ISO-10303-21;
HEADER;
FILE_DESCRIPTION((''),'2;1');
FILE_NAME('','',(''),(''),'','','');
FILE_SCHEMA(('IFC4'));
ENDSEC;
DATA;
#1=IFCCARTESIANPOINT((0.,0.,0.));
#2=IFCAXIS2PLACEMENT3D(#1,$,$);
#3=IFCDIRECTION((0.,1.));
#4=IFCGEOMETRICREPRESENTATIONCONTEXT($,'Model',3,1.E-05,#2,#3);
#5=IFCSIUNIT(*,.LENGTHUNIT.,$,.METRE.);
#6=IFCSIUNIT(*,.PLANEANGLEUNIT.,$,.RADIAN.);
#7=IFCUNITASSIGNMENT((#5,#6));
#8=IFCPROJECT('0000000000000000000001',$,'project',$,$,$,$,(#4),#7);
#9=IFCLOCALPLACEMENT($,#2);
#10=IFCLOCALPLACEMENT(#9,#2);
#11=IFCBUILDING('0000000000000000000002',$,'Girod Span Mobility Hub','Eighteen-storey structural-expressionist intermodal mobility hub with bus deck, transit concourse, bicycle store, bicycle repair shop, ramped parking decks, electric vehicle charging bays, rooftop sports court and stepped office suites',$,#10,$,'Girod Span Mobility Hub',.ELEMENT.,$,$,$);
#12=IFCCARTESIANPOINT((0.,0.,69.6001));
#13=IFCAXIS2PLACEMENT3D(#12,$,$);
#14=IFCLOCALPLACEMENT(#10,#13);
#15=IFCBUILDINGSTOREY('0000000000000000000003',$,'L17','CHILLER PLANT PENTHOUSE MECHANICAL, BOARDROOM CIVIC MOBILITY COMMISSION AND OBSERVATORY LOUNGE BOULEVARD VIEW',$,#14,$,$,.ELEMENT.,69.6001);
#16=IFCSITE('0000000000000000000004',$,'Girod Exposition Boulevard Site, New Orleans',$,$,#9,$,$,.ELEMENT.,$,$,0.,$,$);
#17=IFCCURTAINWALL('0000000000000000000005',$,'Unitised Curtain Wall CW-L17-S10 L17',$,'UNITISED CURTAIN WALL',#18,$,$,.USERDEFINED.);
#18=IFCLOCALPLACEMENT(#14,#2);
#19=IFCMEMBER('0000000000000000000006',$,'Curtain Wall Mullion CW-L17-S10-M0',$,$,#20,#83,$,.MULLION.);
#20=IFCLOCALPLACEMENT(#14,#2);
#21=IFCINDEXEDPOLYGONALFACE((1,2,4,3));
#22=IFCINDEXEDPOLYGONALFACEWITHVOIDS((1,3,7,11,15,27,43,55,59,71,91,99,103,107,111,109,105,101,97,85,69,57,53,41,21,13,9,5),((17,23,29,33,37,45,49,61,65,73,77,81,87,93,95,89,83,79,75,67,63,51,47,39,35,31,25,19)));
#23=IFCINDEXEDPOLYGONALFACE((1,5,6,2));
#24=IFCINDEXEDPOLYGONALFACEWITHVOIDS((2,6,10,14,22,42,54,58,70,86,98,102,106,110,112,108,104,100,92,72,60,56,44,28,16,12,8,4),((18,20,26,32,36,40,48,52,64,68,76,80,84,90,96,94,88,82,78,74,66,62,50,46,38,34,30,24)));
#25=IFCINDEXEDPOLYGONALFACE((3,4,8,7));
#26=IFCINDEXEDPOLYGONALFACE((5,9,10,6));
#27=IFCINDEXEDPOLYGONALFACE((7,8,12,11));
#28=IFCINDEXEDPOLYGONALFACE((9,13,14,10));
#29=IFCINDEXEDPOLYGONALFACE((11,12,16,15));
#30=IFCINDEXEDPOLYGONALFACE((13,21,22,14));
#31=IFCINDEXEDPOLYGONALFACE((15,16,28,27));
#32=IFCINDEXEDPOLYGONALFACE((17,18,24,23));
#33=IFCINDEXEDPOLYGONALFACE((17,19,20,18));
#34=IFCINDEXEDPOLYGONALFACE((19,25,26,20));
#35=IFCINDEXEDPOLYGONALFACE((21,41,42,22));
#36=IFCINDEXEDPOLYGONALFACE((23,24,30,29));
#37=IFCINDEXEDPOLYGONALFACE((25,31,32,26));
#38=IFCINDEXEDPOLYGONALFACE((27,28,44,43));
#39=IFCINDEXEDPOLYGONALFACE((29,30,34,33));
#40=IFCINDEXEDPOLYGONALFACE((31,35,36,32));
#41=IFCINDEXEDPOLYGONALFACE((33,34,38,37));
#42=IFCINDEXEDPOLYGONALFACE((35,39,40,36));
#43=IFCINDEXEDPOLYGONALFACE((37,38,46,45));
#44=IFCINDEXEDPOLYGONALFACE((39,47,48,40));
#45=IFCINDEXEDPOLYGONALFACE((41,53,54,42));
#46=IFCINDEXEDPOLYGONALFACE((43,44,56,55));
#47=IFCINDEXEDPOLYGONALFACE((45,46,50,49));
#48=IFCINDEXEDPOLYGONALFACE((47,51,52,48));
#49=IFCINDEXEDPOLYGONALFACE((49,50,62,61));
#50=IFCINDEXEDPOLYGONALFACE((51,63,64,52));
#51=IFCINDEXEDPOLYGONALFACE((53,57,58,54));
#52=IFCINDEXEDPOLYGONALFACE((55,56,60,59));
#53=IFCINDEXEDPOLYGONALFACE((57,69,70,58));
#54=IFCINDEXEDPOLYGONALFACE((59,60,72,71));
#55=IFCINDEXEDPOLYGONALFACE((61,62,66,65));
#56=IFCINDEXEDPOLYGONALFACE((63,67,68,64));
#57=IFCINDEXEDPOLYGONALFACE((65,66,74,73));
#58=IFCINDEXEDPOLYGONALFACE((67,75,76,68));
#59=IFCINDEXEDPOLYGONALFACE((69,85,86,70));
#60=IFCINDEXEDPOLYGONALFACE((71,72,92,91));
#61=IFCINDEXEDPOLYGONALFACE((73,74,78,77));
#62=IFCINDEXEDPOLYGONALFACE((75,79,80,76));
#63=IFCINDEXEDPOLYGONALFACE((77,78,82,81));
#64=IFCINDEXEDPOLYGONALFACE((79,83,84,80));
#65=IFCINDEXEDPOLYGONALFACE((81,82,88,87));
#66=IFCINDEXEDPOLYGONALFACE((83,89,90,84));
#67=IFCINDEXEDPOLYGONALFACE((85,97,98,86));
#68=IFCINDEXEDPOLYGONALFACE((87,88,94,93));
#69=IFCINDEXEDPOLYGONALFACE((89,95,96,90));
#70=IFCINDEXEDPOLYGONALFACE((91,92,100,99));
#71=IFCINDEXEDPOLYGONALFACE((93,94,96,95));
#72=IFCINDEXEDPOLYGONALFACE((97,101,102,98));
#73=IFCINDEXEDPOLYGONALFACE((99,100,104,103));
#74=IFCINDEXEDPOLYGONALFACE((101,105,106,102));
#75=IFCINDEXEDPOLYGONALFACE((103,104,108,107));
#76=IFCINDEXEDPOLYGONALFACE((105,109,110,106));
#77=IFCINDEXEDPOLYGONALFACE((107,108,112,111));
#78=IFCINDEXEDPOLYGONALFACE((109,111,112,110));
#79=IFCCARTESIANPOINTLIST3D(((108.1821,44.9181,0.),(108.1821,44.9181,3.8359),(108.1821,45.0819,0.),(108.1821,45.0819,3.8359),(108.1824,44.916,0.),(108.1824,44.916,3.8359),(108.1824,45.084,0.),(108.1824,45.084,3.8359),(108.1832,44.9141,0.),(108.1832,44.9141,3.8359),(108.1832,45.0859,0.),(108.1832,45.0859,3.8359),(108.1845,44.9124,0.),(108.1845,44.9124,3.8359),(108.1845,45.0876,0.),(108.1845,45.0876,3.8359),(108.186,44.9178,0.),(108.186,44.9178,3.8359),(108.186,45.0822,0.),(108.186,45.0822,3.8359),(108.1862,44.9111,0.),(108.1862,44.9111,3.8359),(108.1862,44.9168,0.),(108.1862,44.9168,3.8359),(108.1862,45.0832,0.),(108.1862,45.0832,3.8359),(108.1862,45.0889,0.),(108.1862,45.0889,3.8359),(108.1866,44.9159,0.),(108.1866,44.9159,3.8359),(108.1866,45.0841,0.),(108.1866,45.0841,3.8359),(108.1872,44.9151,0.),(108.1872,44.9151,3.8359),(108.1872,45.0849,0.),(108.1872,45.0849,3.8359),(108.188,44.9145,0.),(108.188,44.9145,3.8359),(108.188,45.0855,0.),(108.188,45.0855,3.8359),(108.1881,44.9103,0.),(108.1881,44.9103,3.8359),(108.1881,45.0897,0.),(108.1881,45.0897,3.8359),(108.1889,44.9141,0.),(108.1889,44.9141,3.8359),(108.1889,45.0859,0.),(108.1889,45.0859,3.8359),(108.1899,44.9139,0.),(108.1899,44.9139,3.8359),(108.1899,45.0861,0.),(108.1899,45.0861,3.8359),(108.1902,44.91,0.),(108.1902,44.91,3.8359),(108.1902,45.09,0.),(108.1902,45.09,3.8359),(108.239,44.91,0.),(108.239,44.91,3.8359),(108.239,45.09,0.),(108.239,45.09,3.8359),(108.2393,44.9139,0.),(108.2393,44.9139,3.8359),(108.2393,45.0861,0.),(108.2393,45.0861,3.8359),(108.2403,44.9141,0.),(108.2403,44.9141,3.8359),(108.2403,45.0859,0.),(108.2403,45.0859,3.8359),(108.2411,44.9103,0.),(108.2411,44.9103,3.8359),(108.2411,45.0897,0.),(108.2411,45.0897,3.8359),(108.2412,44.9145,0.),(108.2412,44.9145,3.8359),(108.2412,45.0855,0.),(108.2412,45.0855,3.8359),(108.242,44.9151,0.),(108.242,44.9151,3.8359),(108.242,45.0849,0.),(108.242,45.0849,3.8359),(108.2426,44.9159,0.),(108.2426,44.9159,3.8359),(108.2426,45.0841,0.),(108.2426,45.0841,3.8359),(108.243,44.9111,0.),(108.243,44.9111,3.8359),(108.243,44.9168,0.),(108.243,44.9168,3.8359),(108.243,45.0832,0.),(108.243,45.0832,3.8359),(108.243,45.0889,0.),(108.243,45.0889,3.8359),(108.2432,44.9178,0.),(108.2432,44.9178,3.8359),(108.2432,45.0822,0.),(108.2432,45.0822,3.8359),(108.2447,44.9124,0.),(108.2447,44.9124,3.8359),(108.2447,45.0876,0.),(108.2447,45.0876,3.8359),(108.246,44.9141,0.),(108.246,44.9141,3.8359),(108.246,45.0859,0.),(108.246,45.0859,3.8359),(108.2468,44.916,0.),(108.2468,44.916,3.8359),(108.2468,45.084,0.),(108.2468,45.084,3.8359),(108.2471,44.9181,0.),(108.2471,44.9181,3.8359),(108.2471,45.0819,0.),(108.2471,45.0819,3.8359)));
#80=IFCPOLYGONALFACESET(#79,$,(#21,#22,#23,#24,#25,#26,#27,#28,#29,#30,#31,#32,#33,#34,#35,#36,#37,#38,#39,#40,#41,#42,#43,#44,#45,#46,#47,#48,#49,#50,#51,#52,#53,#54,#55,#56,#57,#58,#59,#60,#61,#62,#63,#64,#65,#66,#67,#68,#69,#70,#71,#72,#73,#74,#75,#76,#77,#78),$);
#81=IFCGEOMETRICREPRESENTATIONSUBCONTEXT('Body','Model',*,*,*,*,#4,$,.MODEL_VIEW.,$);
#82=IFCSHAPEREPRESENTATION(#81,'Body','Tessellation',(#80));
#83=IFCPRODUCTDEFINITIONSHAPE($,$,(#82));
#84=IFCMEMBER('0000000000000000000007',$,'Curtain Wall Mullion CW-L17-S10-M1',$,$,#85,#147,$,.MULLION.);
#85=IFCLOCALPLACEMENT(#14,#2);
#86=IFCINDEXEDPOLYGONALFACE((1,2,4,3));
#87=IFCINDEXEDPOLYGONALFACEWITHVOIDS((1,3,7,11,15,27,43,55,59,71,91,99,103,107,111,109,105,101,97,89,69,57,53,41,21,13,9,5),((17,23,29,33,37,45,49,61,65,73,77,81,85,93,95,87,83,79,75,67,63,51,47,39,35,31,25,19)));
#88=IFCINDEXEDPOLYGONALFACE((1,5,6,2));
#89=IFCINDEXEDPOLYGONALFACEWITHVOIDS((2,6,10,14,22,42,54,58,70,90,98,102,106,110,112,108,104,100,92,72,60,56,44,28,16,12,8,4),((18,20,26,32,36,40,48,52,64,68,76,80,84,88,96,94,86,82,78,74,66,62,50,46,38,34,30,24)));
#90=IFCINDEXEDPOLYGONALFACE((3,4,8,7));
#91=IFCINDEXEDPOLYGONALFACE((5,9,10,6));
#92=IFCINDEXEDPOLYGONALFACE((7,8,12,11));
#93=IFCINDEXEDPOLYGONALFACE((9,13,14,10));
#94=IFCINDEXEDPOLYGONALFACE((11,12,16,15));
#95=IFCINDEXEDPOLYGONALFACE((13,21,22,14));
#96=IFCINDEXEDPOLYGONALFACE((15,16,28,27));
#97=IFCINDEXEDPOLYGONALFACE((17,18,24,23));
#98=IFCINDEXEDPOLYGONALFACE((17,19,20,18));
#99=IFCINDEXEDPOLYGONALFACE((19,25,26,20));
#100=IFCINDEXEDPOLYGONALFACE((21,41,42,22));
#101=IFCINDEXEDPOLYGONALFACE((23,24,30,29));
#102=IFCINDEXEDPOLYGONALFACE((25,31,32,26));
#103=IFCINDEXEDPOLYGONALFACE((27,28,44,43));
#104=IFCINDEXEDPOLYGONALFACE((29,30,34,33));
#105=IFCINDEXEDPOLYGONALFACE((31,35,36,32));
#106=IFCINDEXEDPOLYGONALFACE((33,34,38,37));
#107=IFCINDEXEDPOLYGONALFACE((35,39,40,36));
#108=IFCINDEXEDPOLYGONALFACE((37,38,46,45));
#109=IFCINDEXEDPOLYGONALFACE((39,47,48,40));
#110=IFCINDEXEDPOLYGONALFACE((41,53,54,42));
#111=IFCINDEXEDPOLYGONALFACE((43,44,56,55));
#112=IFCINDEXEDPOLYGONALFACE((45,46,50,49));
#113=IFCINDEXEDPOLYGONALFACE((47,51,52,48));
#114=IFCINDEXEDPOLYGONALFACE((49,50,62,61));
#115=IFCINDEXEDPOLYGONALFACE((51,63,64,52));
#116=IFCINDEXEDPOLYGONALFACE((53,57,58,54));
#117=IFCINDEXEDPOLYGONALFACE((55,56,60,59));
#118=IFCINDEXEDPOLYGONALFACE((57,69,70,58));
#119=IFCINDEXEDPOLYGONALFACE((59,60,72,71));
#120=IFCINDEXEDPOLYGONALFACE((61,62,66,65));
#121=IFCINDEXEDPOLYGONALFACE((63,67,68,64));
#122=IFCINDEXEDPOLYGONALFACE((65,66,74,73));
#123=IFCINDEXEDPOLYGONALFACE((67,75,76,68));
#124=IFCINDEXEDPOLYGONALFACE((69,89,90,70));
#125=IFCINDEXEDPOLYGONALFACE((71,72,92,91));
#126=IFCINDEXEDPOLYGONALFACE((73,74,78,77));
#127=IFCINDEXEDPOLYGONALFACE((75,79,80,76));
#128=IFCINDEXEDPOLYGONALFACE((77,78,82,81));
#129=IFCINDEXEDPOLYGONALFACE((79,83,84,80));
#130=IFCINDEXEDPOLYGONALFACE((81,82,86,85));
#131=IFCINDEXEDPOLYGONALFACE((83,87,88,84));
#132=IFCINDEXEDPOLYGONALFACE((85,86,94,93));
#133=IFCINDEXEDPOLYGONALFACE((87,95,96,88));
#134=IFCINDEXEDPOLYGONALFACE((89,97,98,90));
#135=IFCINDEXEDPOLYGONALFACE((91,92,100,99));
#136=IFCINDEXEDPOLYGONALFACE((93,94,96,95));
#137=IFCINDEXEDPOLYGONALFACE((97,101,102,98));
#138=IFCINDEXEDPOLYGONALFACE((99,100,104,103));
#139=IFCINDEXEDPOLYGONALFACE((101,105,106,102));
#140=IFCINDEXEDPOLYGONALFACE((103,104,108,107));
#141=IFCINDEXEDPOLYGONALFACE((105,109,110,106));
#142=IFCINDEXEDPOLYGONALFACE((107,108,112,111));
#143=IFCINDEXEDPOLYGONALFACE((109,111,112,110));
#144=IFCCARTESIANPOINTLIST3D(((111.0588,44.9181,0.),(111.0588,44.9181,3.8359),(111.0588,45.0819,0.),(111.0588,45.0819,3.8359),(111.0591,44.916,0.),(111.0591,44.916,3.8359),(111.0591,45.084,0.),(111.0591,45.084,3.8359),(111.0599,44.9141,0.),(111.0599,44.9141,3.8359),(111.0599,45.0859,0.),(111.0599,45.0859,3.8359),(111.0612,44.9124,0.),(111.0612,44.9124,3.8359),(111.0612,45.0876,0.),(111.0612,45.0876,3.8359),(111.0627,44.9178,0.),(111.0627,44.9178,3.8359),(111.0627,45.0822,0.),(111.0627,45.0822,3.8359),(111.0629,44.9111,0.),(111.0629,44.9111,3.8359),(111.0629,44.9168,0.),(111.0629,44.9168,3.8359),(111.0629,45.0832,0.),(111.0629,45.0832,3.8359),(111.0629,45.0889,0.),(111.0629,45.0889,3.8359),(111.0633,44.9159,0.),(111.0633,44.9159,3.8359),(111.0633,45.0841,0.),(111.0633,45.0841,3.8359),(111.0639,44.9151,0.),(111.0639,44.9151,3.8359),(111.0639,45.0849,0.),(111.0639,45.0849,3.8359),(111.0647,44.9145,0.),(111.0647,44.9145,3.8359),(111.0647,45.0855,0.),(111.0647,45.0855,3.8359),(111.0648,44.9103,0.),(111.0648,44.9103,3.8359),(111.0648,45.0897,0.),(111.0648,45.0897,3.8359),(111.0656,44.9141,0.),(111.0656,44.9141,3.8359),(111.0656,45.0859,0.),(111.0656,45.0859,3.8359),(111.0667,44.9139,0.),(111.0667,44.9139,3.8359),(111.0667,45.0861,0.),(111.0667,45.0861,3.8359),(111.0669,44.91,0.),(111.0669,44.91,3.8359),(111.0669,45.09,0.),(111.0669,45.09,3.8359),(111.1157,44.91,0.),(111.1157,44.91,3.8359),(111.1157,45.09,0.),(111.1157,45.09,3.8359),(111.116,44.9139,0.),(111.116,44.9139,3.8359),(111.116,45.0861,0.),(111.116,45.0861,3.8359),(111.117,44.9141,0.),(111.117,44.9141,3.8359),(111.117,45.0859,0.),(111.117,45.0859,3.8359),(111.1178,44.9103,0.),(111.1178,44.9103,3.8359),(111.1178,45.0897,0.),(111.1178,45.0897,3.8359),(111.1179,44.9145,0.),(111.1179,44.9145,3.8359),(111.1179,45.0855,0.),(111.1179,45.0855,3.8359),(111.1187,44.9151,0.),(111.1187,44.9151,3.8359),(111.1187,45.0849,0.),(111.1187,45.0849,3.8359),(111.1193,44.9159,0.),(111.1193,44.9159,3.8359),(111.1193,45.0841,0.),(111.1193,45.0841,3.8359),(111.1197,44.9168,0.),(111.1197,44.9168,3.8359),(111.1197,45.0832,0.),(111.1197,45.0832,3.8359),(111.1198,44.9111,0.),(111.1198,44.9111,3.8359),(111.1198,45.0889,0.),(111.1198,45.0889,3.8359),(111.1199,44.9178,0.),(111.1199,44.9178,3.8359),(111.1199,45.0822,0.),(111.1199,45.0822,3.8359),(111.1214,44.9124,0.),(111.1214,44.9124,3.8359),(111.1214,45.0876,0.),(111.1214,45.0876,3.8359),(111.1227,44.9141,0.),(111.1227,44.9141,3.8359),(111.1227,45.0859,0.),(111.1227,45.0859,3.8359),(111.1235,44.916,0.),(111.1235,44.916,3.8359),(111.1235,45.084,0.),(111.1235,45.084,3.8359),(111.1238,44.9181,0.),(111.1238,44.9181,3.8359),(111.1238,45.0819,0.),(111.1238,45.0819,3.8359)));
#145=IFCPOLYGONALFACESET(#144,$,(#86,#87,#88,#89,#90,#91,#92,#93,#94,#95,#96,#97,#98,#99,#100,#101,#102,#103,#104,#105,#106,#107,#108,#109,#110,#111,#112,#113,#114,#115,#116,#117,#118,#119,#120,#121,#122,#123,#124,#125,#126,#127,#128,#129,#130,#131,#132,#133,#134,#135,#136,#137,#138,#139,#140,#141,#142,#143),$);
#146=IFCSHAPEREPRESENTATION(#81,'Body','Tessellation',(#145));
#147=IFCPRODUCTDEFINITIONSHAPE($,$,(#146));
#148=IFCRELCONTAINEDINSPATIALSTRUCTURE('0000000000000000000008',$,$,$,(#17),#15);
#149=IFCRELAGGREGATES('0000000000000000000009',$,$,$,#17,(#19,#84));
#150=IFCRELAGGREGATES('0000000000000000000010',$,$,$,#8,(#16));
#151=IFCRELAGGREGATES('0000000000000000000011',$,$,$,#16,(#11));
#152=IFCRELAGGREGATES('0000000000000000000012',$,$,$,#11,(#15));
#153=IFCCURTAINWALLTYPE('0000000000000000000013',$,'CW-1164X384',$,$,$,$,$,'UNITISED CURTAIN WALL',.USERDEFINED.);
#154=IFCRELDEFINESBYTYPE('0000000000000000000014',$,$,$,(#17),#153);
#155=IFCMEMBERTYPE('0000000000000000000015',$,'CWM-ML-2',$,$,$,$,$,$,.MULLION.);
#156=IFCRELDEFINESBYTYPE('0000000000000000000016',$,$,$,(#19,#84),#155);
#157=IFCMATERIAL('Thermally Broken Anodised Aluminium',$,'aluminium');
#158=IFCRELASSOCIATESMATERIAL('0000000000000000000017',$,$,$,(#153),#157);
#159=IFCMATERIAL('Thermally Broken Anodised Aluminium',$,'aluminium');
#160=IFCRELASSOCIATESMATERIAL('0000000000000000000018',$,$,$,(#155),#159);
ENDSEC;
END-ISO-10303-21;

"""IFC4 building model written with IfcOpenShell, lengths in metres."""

from ifc_helpers import new_model, si_unit, direction, frame, origin, origin_2d, place, context, subcontext, project, spatial, hollow_rectangle, extrude, material, material_profile, profile_set, type_object, element, aggregate, save


model = new_model("IFC4")

# Units and contexts
model_context = context("Model", 3, precision=1e-05, world=origin(), true_north=direction((0.0, 1.0)))
body_context = subcontext(model_context, "Body", "Model", "MODEL_VIEW")
ifc_project = project(units=[si_unit("LENGTHUNIT", "METRE"), si_unit("PLANEANGLEUNIT", "RADIAN")], contexts=[model_context])

# Site, building, storey
site_placement = place(None, origin())
site = spatial("IfcSite", under=ifc_project, at=site_placement, Name="Girod Exposition Boulevard Site, New Orleans", CompositionType="ELEMENT", RefElevation=0.0)
building_placement = place(site_placement, origin())
building = spatial("IfcBuilding", under=site, at=building_placement, Name="Girod Span Mobility Hub", Description="Eighteen-storey structural-expressionist intermodal mobility hub with bus deck, transit concourse, bicycle store, bicycle repair shop, ramped parking decks, electric vehicle charging bays, rooftop sports court and stepped office suites", LongName="Girod Span Mobility Hub", CompositionType="ELEMENT")
storey_placement = place(building_placement, frame((0.0, 0.0, 69.6001)))
storey = spatial("IfcBuildingStorey", under=building, at=storey_placement, Name="L17", Description="CHILLER PLANT PENTHOUSE MECHANICAL, BOARDROOM CIVIC MOBILITY COMMISSION AND OBSERVATORY LOUNGE BOULEVARD VIEW", CompositionType="ELEMENT", Elevation=69.6001)

# Curtain wall, members
ifc_material_1 = material(Name="Thermally Broken Anodised Aluminium", Category="aluminium")
curtain_wall_type = type_object("IfcCurtainWallType", Name="CW-1164X384", ElementType="UNITISED CURTAIN WALL", PredefinedType="USERDEFINED", material=ifc_material_1)
ifc_material_2 = material(Name="Thermally Broken Anodised Aluminium", Category="aluminium")
ifc_material_profile_1 = material_profile(ifc_material_2, hollow_rectangle(XDim=0.1799, YDim=0.0649, WallThickness=0.0039, InnerFilletRadius=0.0039, OuterFilletRadius=0.0081, at=origin_2d()), Name="CW-ML-65X180")
ifc_profile_set_1 = profile_set([ifc_material_profile_1], Name="Thermally Broken Anodised Aluminium")
member_type_1 = type_object("IfcMemberType", Name="CWM-ML-2", PredefinedType="MULLION", material=ifc_profile_set_1)
curtain_wall_1_placement = place(storey_placement, origin())
curtain_wall_1 = element("IfcCurtainWall", 1, at=curtain_wall_1_placement, inside=storey, type_object=curtain_wall_type, Name="Unitised Curtain Wall CW-L17-S10 L17", ObjectType="UNITISED CURTAIN WALL", PredefinedType="USERDEFINED")
member_1_placement = place(storey_placement, frame((108.2146, 45.0, 0.0), z_axis=(0.0, 0.0, 1.0), x_axis=(0.0, 1.0, 0.0)))
member_1 = element("IfcMember", 2, at=member_1_placement, type_object=member_type_1, Name="Curtain Wall Mullion CW-L17-S10-M0", PredefinedType="MULLION", context=body_context, shape_type="SweptSolid", body=[
    extrude(hollow_rectangle(XDim=0.1799, YDim=0.0649, WallThickness=0.0039, InnerFilletRadius=0.0039, OuterFilletRadius=0.0081, at=origin_2d()), origin(), (0.0, 0.0, 1.0), 3.8359),
])
member_2_placement = place(storey_placement, frame((111.0913, 45.0, 0.0), z_axis=(0.0, 0.0, 1.0), x_axis=(0.0, 1.0, 0.0)))
member_2 = element("IfcMember", 3, at=member_2_placement, type_object=member_type_1, Name="Curtain Wall Mullion CW-L17-S10-M1", PredefinedType="MULLION", context=body_context, shape_type="SweptSolid", body=[
    extrude(hollow_rectangle(XDim=0.1799, YDim=0.0649, WallThickness=0.0039, InnerFilletRadius=0.0039, OuterFilletRadius=0.0081, at=origin_2d()), origin(), (0.0, 0.0, 1.0), 3.8359),
])

aggregate(curtain_wall_1, [member_1, member_2])

save(model, "model.ifc")
